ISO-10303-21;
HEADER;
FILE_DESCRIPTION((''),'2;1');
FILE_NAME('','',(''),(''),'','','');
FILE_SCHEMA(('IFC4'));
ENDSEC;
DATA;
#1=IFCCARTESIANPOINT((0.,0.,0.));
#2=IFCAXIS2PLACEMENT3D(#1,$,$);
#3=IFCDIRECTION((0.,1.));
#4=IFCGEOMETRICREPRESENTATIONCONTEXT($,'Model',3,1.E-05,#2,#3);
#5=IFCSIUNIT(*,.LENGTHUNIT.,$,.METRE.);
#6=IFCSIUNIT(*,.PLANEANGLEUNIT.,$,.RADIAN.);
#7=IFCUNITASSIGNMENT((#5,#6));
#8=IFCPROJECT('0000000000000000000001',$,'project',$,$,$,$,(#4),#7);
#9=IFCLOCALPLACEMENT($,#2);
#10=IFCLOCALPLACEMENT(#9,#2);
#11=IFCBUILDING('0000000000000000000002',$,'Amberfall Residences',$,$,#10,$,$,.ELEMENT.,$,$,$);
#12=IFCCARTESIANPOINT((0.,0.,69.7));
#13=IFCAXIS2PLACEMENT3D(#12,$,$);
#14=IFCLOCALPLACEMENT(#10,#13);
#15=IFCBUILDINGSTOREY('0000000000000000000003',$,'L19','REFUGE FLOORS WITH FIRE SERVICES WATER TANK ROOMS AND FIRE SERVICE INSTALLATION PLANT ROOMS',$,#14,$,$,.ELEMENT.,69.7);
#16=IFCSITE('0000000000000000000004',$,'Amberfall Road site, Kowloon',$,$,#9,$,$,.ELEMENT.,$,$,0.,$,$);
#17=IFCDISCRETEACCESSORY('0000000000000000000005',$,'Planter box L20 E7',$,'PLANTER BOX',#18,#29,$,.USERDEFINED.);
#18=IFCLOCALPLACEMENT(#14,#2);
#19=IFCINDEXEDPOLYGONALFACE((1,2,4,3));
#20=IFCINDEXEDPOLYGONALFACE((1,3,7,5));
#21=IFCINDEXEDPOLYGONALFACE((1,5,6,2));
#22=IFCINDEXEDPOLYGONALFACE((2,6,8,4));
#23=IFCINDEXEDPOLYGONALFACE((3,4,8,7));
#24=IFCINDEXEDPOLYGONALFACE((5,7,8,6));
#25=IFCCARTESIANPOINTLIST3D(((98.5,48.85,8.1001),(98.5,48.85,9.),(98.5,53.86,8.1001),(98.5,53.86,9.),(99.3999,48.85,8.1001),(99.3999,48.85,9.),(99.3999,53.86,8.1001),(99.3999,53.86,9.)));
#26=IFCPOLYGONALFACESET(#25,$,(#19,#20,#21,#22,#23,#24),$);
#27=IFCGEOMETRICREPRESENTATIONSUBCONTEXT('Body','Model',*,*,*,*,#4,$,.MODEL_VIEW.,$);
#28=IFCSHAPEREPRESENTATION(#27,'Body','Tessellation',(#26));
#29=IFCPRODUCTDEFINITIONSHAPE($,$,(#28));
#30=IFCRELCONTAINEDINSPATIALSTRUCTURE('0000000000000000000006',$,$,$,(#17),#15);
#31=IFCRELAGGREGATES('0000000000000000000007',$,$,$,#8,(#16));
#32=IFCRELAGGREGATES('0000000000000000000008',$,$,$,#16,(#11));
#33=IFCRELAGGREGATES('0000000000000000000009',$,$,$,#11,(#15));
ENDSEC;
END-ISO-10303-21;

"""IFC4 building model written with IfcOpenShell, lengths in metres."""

from ifc_helpers import new_model, si_unit, direction, frame, origin, origin_2d, place, context, subcontext, project, spatial, rectangle, extrude, element, save


model = new_model("IFC4")

# Units and contexts
model_context = context("Model", 3, precision=1e-05, world=origin(), true_north=direction((0.0, 1.0)))
body_context = subcontext(model_context, "Body", "Model", "MODEL_VIEW")
ifc_project = project(units=[si_unit("LENGTHUNIT", "METRE"), si_unit("PLANEANGLEUNIT", "RADIAN")], contexts=[model_context])

# Site, building, storey
site_placement = place(None, origin())
site = spatial("IfcSite", under=ifc_project, at=site_placement, Name="Amberfall Road site, Kowloon", CompositionType="ELEMENT", RefElevation=0.0)
building_placement = place(site_placement, origin())
building = spatial("IfcBuilding", under=site, at=building_placement, Name="Amberfall Residences", CompositionType="ELEMENT")
storey_placement = place(building_placement, frame((0.0, 0.0, 69.7)))
storey = spatial("IfcBuildingStorey", under=building, at=storey_placement, Name="L19", Description="REFUGE FLOORS WITH FIRE SERVICES WATER TANK ROOMS AND FIRE SERVICE INSTALLATION PLANT ROOMS", CompositionType="ELEMENT", Elevation=69.7)

# Discrete accessory
discrete_accessory_1_placement = place(storey_placement, frame((98.95, 51.355, 8.1001), z_axis=(0.0, 0.0, 1.0), x_axis=(0.0, 1.0, 0.0)))
element("IfcDiscreteAccessory", 1, at=discrete_accessory_1_placement, inside=storey, Name="Planter box L20 E7", ObjectType="PLANTER BOX", PredefinedType="USERDEFINED", context=body_context, shape_type="SweptSolid", body=[
    extrude(rectangle(XDim=5.01, YDim=0.8999, at=origin_2d()), origin(), (0.0, 0.0, 1.0), 0.8999),
])

save(model, "model.ifc")
